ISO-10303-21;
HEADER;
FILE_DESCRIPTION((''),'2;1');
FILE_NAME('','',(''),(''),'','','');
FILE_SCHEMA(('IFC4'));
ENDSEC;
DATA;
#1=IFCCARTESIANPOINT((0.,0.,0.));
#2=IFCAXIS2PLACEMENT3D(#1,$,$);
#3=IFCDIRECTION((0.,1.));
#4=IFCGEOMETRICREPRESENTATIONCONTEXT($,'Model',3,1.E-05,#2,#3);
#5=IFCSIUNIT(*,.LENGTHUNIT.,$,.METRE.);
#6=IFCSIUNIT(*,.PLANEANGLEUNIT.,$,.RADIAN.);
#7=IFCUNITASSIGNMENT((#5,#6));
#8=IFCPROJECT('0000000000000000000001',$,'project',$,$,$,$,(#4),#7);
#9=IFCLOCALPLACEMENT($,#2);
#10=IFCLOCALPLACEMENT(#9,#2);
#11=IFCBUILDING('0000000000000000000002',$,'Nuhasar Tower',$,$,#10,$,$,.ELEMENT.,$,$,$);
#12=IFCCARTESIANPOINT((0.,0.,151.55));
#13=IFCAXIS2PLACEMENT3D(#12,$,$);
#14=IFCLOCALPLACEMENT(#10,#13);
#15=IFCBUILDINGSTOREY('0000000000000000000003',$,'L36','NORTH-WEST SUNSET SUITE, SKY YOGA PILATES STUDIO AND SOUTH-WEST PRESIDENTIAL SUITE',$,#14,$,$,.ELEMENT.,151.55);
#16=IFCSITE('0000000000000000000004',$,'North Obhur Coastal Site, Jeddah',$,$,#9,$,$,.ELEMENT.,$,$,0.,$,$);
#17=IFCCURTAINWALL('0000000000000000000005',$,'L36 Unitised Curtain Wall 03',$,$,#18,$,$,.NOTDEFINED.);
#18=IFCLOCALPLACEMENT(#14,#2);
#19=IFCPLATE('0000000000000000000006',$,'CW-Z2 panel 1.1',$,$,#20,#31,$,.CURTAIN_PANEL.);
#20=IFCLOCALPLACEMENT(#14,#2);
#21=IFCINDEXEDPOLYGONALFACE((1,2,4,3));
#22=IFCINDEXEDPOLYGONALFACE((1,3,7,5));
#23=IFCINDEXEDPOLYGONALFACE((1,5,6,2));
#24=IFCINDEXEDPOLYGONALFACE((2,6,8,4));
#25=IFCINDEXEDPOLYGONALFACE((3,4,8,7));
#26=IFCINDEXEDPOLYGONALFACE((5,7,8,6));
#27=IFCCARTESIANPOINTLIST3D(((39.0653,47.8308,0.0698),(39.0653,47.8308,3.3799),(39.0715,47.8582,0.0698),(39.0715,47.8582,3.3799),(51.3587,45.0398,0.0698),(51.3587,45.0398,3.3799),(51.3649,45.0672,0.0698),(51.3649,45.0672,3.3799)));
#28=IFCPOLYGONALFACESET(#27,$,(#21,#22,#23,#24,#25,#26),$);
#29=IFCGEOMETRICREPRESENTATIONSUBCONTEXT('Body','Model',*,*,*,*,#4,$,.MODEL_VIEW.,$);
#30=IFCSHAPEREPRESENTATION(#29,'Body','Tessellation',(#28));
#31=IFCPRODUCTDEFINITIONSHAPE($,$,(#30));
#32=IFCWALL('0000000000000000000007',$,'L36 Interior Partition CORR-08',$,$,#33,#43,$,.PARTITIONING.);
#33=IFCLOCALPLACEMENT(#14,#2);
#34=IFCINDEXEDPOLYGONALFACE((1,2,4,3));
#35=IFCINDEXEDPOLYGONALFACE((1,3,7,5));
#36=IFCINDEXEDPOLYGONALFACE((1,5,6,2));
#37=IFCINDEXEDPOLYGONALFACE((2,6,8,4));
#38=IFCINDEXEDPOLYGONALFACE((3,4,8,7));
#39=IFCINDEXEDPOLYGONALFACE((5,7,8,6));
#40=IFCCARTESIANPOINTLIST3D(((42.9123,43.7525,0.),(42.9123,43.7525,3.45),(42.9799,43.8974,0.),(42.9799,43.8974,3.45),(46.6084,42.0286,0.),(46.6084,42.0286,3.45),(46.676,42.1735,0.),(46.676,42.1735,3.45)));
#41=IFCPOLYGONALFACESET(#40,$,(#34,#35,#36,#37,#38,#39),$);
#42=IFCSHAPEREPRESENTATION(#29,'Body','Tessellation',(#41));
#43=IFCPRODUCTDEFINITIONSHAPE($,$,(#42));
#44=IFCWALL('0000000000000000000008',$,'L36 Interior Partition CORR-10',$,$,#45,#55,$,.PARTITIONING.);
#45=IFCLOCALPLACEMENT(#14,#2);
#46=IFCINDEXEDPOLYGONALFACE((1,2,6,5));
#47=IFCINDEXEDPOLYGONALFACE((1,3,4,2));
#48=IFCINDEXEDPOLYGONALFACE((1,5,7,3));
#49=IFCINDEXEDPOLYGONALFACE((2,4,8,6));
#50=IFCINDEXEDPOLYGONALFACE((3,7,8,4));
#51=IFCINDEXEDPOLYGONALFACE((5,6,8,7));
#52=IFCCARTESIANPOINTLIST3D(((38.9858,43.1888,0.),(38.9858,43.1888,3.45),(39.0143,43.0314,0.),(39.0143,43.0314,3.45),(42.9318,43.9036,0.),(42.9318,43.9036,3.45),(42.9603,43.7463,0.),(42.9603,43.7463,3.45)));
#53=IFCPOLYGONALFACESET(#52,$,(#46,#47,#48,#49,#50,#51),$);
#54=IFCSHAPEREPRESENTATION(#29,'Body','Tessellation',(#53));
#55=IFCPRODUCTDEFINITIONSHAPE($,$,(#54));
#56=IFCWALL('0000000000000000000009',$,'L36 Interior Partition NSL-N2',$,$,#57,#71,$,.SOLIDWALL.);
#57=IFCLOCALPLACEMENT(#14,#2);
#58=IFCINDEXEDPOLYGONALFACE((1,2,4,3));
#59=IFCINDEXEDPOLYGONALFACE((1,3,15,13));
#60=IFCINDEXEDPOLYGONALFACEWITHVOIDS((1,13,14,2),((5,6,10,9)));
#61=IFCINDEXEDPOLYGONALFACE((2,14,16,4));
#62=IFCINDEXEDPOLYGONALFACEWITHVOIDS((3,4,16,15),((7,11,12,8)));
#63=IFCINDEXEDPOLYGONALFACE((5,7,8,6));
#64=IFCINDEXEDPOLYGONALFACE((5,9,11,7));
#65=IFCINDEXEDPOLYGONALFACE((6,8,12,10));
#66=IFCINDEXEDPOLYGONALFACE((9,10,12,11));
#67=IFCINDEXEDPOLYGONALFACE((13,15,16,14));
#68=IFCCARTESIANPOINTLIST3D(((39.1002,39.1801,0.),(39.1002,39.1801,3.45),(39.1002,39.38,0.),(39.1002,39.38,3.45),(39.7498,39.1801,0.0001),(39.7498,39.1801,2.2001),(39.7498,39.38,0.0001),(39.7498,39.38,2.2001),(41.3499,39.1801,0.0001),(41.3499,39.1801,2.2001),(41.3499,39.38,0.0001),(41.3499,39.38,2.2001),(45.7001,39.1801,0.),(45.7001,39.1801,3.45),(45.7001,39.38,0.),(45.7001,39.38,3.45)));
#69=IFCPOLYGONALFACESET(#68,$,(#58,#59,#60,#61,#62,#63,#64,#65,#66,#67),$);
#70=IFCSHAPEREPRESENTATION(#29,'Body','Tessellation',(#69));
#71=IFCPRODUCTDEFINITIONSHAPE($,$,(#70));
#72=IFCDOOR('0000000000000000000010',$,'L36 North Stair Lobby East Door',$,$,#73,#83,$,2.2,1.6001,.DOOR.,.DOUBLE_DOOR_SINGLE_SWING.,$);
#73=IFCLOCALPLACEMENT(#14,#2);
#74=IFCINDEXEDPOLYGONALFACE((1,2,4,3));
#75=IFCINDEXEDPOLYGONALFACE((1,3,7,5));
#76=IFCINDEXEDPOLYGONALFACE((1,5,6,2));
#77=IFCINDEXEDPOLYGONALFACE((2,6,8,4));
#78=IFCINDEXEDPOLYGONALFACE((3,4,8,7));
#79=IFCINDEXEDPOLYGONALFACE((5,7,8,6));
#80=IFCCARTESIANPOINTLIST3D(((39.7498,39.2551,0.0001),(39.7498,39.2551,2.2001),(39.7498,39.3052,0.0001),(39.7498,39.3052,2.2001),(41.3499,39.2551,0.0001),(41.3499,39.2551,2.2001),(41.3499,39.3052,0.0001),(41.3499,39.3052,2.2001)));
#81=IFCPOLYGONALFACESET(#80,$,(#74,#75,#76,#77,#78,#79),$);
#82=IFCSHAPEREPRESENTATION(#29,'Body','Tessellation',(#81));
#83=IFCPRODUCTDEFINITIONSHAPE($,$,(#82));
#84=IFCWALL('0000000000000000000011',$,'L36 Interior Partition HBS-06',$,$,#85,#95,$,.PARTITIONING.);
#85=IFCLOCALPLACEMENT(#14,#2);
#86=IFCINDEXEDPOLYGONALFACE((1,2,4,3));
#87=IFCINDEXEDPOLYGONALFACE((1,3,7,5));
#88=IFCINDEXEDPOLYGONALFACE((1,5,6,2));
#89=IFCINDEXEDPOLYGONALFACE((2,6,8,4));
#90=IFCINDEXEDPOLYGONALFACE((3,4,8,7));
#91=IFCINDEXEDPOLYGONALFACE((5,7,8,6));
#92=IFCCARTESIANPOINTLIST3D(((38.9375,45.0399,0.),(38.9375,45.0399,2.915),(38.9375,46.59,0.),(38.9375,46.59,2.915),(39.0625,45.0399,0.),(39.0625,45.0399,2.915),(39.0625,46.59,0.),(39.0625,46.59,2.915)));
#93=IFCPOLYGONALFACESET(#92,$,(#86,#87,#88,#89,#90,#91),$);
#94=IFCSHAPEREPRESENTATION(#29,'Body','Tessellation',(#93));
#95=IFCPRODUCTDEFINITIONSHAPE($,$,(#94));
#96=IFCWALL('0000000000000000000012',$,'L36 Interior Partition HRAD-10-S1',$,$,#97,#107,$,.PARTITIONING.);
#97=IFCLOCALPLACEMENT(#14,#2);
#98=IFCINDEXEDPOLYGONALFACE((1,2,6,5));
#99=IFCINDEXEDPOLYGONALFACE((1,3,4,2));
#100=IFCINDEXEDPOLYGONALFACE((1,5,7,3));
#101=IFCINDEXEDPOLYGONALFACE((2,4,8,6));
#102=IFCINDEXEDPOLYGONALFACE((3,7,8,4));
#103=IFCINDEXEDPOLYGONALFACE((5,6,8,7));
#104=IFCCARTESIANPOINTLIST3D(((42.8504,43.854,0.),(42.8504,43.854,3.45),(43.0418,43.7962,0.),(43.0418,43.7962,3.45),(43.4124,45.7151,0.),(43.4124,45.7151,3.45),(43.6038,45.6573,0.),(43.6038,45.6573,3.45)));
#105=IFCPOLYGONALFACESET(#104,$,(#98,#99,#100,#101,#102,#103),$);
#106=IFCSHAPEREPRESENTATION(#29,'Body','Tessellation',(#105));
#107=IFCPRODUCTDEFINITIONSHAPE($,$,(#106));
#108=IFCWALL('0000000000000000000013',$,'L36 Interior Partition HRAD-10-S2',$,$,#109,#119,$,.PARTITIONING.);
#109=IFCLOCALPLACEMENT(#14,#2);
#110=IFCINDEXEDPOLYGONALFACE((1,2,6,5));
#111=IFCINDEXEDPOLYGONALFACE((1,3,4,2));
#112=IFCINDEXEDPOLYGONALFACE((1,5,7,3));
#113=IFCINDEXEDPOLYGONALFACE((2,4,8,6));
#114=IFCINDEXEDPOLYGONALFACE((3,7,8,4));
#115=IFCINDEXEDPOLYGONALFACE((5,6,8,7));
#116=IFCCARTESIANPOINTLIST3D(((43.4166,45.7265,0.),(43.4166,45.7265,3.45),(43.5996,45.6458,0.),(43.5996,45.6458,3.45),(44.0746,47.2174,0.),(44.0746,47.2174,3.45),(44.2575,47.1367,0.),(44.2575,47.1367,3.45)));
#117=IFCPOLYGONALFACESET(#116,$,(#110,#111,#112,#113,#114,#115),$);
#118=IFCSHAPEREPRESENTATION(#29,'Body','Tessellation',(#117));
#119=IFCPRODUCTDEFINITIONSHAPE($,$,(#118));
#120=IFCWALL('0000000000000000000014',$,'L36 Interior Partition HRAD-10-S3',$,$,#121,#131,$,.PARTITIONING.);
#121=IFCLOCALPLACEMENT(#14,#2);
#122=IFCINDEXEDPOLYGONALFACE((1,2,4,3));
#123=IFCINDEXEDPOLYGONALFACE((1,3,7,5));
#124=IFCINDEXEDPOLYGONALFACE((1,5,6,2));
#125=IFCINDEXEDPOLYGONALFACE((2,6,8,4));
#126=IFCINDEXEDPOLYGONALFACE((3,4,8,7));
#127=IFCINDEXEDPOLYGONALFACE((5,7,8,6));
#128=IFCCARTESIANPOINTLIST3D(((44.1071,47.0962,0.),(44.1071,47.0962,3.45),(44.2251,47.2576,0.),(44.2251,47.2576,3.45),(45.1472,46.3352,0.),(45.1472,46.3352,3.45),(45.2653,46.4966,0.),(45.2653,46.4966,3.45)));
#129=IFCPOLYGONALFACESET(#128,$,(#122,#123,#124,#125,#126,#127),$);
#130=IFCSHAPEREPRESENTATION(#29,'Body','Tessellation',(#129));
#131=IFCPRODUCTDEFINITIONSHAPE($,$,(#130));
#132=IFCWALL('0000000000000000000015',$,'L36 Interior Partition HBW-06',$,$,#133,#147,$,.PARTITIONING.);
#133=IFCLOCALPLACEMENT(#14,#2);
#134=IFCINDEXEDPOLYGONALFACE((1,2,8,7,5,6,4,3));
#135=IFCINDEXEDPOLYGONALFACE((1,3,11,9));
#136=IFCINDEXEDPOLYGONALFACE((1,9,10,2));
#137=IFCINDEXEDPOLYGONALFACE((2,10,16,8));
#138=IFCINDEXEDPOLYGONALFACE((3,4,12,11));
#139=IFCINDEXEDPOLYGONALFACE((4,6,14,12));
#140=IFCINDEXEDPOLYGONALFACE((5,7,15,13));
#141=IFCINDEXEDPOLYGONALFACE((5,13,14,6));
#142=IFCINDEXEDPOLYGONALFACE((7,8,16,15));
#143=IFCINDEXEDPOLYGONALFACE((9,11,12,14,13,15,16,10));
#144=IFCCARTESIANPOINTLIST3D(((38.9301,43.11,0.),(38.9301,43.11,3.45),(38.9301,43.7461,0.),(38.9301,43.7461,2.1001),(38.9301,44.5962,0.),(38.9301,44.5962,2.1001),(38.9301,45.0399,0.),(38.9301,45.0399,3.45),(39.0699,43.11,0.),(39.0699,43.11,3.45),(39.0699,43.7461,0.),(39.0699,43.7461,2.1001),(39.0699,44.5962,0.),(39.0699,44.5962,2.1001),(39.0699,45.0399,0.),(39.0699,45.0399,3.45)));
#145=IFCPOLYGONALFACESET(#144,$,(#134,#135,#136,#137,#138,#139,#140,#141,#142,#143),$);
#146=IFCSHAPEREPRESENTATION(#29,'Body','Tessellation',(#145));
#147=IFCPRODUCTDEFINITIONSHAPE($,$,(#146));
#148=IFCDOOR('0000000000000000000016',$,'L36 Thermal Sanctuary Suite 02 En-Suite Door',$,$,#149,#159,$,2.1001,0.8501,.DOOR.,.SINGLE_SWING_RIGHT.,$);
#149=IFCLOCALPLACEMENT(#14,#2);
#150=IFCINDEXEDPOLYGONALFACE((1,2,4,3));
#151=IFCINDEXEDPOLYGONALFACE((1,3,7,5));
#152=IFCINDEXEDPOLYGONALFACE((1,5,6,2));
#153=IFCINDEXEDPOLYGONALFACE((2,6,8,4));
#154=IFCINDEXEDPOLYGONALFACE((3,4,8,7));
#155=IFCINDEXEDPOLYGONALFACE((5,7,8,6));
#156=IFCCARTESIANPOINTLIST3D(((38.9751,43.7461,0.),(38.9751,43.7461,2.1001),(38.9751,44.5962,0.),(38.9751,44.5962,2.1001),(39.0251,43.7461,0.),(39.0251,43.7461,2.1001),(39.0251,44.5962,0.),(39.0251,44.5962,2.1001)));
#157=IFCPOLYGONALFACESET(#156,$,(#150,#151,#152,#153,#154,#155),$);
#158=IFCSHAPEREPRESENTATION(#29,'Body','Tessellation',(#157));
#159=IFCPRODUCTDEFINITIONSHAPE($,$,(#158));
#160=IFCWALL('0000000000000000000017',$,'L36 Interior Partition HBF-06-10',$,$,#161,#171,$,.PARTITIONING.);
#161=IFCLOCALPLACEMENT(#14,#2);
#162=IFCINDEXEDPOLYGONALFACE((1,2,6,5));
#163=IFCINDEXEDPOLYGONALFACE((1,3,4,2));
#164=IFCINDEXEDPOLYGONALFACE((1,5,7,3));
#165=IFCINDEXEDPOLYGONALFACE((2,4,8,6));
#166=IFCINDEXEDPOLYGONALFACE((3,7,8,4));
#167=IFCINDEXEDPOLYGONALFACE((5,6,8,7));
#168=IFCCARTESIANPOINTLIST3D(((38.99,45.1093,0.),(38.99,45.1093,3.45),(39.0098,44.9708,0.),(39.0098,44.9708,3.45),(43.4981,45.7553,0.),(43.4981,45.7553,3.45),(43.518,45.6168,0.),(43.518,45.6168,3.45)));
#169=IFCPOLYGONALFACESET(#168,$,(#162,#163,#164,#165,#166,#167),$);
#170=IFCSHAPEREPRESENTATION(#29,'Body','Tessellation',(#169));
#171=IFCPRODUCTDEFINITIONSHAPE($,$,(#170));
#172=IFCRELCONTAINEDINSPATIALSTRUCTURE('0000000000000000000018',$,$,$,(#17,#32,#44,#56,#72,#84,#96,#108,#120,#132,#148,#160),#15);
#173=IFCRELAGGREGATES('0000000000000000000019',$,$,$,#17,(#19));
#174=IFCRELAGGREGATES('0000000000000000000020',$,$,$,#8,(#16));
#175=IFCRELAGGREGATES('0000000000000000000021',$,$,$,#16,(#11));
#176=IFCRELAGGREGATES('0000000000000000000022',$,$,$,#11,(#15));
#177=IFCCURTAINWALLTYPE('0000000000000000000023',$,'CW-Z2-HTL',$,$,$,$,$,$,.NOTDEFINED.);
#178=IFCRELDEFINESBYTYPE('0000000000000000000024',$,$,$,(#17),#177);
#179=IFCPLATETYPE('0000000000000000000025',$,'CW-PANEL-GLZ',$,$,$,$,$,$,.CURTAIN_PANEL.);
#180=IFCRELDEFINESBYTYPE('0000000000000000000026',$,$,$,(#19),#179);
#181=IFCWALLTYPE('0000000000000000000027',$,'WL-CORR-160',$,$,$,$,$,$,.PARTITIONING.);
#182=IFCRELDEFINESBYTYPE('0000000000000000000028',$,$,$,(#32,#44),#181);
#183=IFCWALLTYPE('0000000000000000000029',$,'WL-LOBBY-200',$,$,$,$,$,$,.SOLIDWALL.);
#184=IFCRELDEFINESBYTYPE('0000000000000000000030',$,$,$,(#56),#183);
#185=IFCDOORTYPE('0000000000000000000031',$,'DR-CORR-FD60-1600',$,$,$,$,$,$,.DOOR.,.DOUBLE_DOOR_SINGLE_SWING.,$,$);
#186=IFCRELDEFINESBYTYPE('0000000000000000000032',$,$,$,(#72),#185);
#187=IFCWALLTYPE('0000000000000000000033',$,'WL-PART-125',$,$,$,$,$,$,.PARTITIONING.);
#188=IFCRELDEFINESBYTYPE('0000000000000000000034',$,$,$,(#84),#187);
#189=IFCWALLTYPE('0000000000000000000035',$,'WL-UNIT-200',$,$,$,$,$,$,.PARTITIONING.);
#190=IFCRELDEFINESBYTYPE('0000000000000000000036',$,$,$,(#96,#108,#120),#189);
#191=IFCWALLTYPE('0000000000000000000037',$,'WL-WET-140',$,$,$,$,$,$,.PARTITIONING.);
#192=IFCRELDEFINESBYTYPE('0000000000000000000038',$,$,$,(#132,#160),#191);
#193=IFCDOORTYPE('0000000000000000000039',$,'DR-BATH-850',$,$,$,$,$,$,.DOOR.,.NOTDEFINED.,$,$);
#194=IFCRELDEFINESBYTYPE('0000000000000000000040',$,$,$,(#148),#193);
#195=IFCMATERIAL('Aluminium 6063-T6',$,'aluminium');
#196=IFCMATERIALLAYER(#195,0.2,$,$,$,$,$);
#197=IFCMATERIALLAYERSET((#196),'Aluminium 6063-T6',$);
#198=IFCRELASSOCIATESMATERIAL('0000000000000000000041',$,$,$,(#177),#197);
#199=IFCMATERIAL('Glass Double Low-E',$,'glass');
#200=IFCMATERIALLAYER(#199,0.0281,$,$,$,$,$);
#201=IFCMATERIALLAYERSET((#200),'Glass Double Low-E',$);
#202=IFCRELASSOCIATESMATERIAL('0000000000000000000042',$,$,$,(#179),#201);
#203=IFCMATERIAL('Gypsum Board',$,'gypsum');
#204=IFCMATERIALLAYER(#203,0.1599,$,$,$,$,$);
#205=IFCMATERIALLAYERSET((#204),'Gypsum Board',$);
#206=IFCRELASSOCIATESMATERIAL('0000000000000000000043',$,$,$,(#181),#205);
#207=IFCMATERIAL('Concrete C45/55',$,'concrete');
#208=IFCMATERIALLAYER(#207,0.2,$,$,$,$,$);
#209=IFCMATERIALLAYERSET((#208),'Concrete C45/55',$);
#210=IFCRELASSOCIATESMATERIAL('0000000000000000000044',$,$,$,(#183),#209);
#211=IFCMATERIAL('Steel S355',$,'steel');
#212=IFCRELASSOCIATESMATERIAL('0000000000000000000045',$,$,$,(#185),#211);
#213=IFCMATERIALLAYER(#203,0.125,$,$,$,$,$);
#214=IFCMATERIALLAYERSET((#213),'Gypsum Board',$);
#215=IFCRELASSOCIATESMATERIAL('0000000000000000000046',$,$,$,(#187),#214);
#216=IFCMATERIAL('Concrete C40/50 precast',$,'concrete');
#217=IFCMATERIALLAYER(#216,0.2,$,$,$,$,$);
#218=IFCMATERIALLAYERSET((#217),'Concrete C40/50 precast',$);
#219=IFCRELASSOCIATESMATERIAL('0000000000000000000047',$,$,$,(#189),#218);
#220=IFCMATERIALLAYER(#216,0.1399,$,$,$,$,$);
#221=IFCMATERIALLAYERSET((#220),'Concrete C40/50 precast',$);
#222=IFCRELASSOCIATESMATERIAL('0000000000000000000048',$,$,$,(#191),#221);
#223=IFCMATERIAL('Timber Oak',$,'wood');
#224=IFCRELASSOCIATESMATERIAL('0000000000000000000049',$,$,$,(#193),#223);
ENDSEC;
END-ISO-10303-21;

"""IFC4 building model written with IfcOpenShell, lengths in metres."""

from ifc_helpers import new_model, si_unit, direction, frame, frame_2d, origin, origin_2d, place, context, subcontext, project, spatial, rectangle, extrude, material, layer, layer_set, type_object, element, fill, aggregate, save


model = new_model("IFC4")

# Units and contexts
model_context = context("Model", 3, precision=1e-05, world=origin(), true_north=direction((0.0, 1.0)))
body_context = subcontext(model_context, "Body", "Model", "MODEL_VIEW")
ifc_project = project(units=[si_unit("LENGTHUNIT", "METRE"), si_unit("PLANEANGLEUNIT", "RADIAN")], contexts=[model_context])

# Site, building, storey
site_placement = place(None, origin())
site = spatial("IfcSite", under=ifc_project, at=site_placement, Name="North Obhur Coastal Site, Jeddah", CompositionType="ELEMENT", RefElevation=0.0)
building_placement = place(site_placement, origin())
building = spatial("IfcBuilding", under=site, at=building_placement, Name="Nuhasar Tower", CompositionType="ELEMENT")
storey_placement = place(building_placement, frame((0.0, 0.0, 151.55)))
storey = spatial("IfcBuildingStorey", under=building, at=storey_placement, Name="L36", Description="NORTH-WEST SUNSET SUITE, SKY YOGA PILATES STUDIO AND SOUTH-WEST PRESIDENTIAL SUITE", CompositionType="ELEMENT", Elevation=151.55)

# Shared definitions
ifc_material_1 = material(Name="Steel S355", Category="steel")

# Curtain wall
ifc_material_2 = material(Name="Aluminium 6063-T6", Category="aluminium")
ifc_layer_1 = layer(ifc_material_2, 0.2)
ifc_layer_set_1 = layer_set([ifc_layer_1], Name="Aluminium 6063-T6")
curtain_wall_type = type_object("IfcCurtainWallType", Name="CW-Z2-HTL", PredefinedType="NOTDEFINED", material=ifc_layer_set_1)
curtain_wall_1_placement = place(storey_placement, origin())
curtain_wall_1 = element("IfcCurtainWall", 1, at=curtain_wall_1_placement, inside=storey, type_object=curtain_wall_type, Name="L36 Unitised Curtain Wall 03", PredefinedType="NOTDEFINED")

# Plate
ifc_material_3 = material(Name="Glass Double Low-E", Category="glass")
ifc_layer_2 = layer(ifc_material_3, 0.0281)
ifc_layer_set_2 = layer_set([ifc_layer_2], Name="Glass Double Low-E")
plate_type = type_object("IfcPlateType", Name="CW-PANEL-GLZ", PredefinedType="CURTAIN_PANEL", material=ifc_layer_set_2)
plate_placement = place(storey_placement, frame((45.2151, 46.449, 0.0698), z_axis=(0.0, 0.0, 1.0), x_axis=(-0.975184, 0.221397, 0.0)))
plate = element("IfcPlate", 2, at=plate_placement, type_object=plate_type, Name="CW-Z2 panel 1.1", PredefinedType="CURTAIN_PANEL", context=body_context, shape_type="SweptSolid", body=[
    extrude(rectangle(XDim=12.6062, YDim=0.0281, at=origin_2d()), origin(), (0.0, 0.0, 1.0), 3.3101),
])
aggregate(curtain_wall_1, [plate])

# Shared definitions
ifc_material_4 = material(Name="Gypsum Board", Category="gypsum")
ifc_layer_3 = layer(ifc_material_4, 0.1599)
ifc_layer_set_3 = layer_set([ifc_layer_3], Name="Gypsum Board")
wall_type_1 = type_object("IfcWallType", Name="WL-CORR-160", PredefinedType="PARTITIONING", material=ifc_layer_set_3)
ifc_material_5 = material(Name="Timber Oak", Category="wood")

# Walls
wall_1_placement = place(storey_placement, frame((46.6421, 42.1011, 0.0), z_axis=(0.0, 0.0, 1.0), x_axis=(-0.906272, 0.422695, 0.0)))
element("IfcWall", 3, at=wall_1_placement, inside=storey, type_object=wall_type_1, Name="L36 Interior Partition CORR-08", PredefinedType="PARTITIONING", context=body_context, shape_type="SweptSolid", body=[
    extrude(rectangle(XDim=4.0784, YDim=0.1599, at=frame_2d((2.0391, 0.0))), origin(), (0.0, 0.0, 1.0), 3.45),
])
wall_2_placement = place(storey_placement, frame((42.946, 43.825, 0.0), z_axis=(0.0, 0.0, 1.0), x_axis=(-0.983985, -0.178253, 0.0)))
element("IfcWall", 4, at=wall_2_placement, inside=storey, type_object=wall_type_1, Name="L36 Interior Partition CORR-10", PredefinedType="PARTITIONING", context=body_context, shape_type="SweptSolid", body=[
    extrude(rectangle(XDim=4.0103, YDim=0.1599, at=frame_2d((2.0051, 0.0))), origin(), (0.0, 0.0, 1.0), 3.45),
])

# Wall, opening, door
ifc_material_6 = material(Name="Concrete C45/55", Category="concrete")
ifc_layer_4 = layer(ifc_material_6, 0.2)
ifc_layer_set_4 = layer_set([ifc_layer_4], Name="Concrete C45/55")
wall_type_2 = type_object("IfcWallType", Name="WL-LOBBY-200", PredefinedType="SOLIDWALL", material=ifc_layer_set_4)
wall_3_placement = place(storey_placement, frame((45.7, 39.28, 0.0), z_axis=(0.0, 0.0, 1.0), x_axis=(-1.0, 0.0, 0.0)))
wall_3 = element("IfcWall", 5, at=wall_3_placement, inside=storey, type_object=wall_type_2, Name="L36 Interior Partition NSL-N2", PredefinedType="SOLIDWALL", context=body_context, shape_type="SweptSolid", body=[
    extrude(rectangle(XDim=6.5999, YDim=0.2, at=frame_2d((3.2998, 0.0))), origin(), (0.0, 0.0, 1.0), 3.45),
])
opening_1_placement = place(wall_3_placement, frame((4.3501, 0.0, 0.0)))
opening_1 = element("IfcOpeningElement", 6, at=opening_1_placement, cuts=wall_3, PredefinedType="OPENING", context=body_context, shape_type="SweptSolid", body=[
    extrude(rectangle(XDim=1.6001, YDim=2.2, at=frame_2d((0.8, 1.1001))), frame((0.0, 0.1099, 0.0), z_axis=(0.0, -1.0, 0.0), x_axis=(1.0, 0.0, 0.0)), (0.0, 0.0, 1.0), 0.22),
])
door_type_1 = type_object("IfcDoorType", Name="DR-CORR-FD60-1600", OperationType="DOUBLE_DOOR_SINGLE_SWING", PredefinedType="DOOR", material=ifc_material_1)
door_1_placement = place(opening_1_placement, origin())
door_1 = element("IfcDoor", 7, at=door_1_placement, inside=storey, type_object=door_type_1, Name="L36 North Stair Lobby East Door", OperationType="DOUBLE_DOOR_SINGLE_SWING", OverallHeight=2.2, OverallWidth=1.6001, PredefinedType="DOOR", context=body_context, shape_type="SweptSolid", body=[
    extrude(rectangle(XDim=1.6001, YDim=2.2, at=frame_2d((0.8, 1.1001))), frame((0.0, 0.0249, 0.0), z_axis=(0.0, -1.0, 0.0), x_axis=(1.0, 0.0, 0.0)), (0.0, 0.0, 1.0), 0.05),
])
fill(opening_1, door_1)

# Walls
ifc_layer_5 = layer(ifc_material_4, 0.125)
ifc_layer_set_5 = layer_set([ifc_layer_5], Name="Gypsum Board")
wall_type_3 = type_object("IfcWallType", Name="WL-PART-125", PredefinedType="PARTITIONING", material=ifc_layer_set_5)
wall_4_placement = place(storey_placement, frame((39.0, 45.04, 0.0), z_axis=(0.0, 0.0, 1.0), x_axis=(0.0, 1.0, 0.0)))
element("IfcWall", 8, at=wall_4_placement, inside=storey, type_object=wall_type_3, Name="L36 Interior Partition HBS-06", PredefinedType="PARTITIONING", context=body_context, shape_type="SweptSolid", body=[
    extrude(rectangle(XDim=1.55, YDim=0.125, at=frame_2d((0.7749, 0.0))), origin(), (0.0, 0.0, 1.0), 2.915),
])
ifc_material_7 = material(Name="Concrete C40/50 precast", Category="concrete")
ifc_layer_6 = layer(ifc_material_7, 0.2)
ifc_layer_set_6 = layer_set([ifc_layer_6], Name="Concrete C40/50 precast")
wall_type_4 = type_object("IfcWallType", Name="WL-UNIT-200", PredefinedType="PARTITIONING", material=ifc_layer_set_6)
wall_5_placement = place(storey_placement, frame((42.946, 43.825, 0.0), z_axis=(0.0, 0.0, 1.0), x_axis=(0.289087, 0.957303, 0.0)))
element("IfcWall", 9, at=wall_5_placement, inside=storey, type_object=wall_type_4, Name="L36 Interior Partition HRAD-10-S1", PredefinedType="PARTITIONING", context=body_context, shape_type="SweptSolid", body=[
    extrude(rectangle(XDim=1.9441, YDim=0.2, at=frame_2d((0.9722, 0.0))), origin(), (0.0, 0.0, 1.0), 3.45),
])
wall_6_placement = place(storey_placement, frame((43.5081, 45.686, 0.0), z_axis=(0.0, 0.0, 1.0), x_axis=(0.403732, 0.914877, 0.0)))
element("IfcWall", 10, at=wall_6_placement, inside=storey, type_object=wall_type_4, Name="L36 Interior Partition HRAD-10-S2", PredefinedType="PARTITIONING", context=body_context, shape_type="SweptSolid", body=[
    extrude(rectangle(XDim=1.6296, YDim=0.2, at=frame_2d((0.8149, 0.0))), origin(), (0.0, 0.0, 1.0), 3.45),
])
wall_7_placement = place(storey_placement, frame((44.166, 47.177, 0.0), z_axis=(0.0, 0.0, 1.0), x_axis=(0.807037, -0.590501, 0.0)))
element("IfcWall", 11, at=wall_7_placement, inside=storey, type_object=wall_type_4, Name="L36 Interior Partition HRAD-10-S3", PredefinedType="PARTITIONING", context=body_context, shape_type="SweptSolid", body=[
    extrude(rectangle(XDim=1.2888, YDim=0.2, at=frame_2d((0.6445, 0.0))), origin(), (0.0, 0.0, 1.0), 3.45),
])

# Wall, opening, door
ifc_layer_7 = layer(ifc_material_7, 0.1399)
ifc_layer_set_7 = layer_set([ifc_layer_7], Name="Concrete C40/50 precast")
wall_type_5 = type_object("IfcWallType", Name="WL-WET-140", PredefinedType="PARTITIONING", material=ifc_layer_set_7)
wall_8_placement = place(storey_placement, frame((39.0, 43.1101, 0.0), z_axis=(0.0, 0.0, 1.0), x_axis=(0.0, 1.0, 0.0)))
wall_8 = element("IfcWall", 12, at=wall_8_placement, inside=storey, type_object=wall_type_5, Name="L36 Interior Partition HBW-06", PredefinedType="PARTITIONING", context=body_context, shape_type="SweptSolid", body=[
    extrude(rectangle(XDim=1.9299, YDim=0.1399, at=frame_2d((0.9648, 0.0))), origin(), (0.0, 0.0, 1.0), 3.45),
])
opening_2_placement = place(wall_8_placement, frame((0.636, 0.0, 0.0)))
opening_2 = element("IfcOpeningElement", 13, at=opening_2_placement, cuts=wall_8, PredefinedType="OPENING", context=body_context, shape_type="SweptSolid", body=[
    extrude(rectangle(XDim=0.8501, YDim=2.1001, at=frame_2d((0.425, 1.05))), frame((0.0, 0.0801, 0.0), z_axis=(0.0, -1.0, 0.0), x_axis=(1.0, 0.0, 0.0)), (0.0, 0.0, 1.0), 0.1599),
])
door_type_2 = type_object("IfcDoorType", Name="DR-BATH-850", OperationType="NOTDEFINED", PredefinedType="DOOR", material=ifc_material_5)
door_2_placement = place(opening_2_placement, origin())
door_2 = element("IfcDoor", 14, at=door_2_placement, inside=storey, type_object=door_type_2, Name="L36 Thermal Sanctuary Suite 02 En-Suite Door", OperationType="SINGLE_SWING_RIGHT", OverallHeight=2.1001, OverallWidth=0.8501, PredefinedType="DOOR", context=body_context, shape_type="SweptSolid", body=[
    extrude(rectangle(XDim=0.8501, YDim=2.1001, at=frame_2d((0.425, 1.05))), frame((0.0, 0.0249, 0.0), z_axis=(0.0, -1.0, 0.0), x_axis=(1.0, 0.0, 0.0)), (0.0, 0.0, 1.0), 0.05),
])
fill(opening_2, door_2)

# Wall
wall_9_placement = place(storey_placement, frame((43.5081, 45.686, 0.0), z_axis=(0.0, 0.0, 1.0), x_axis=(-0.989888, -0.141849, 0.0)))
element("IfcWall", 15, at=wall_9_placement, inside=storey, type_object=wall_type_5, Name="L36 Interior Partition HBF-06-10", PredefinedType="PARTITIONING", context=body_context, shape_type="SweptSolid", body=[
    extrude(rectangle(XDim=4.5542, YDim=0.1399, at=frame_2d((2.2771, 0.0))), origin(), (0.0, 0.0, 1.0), 3.45),
])

save(model, "model.ifc")
